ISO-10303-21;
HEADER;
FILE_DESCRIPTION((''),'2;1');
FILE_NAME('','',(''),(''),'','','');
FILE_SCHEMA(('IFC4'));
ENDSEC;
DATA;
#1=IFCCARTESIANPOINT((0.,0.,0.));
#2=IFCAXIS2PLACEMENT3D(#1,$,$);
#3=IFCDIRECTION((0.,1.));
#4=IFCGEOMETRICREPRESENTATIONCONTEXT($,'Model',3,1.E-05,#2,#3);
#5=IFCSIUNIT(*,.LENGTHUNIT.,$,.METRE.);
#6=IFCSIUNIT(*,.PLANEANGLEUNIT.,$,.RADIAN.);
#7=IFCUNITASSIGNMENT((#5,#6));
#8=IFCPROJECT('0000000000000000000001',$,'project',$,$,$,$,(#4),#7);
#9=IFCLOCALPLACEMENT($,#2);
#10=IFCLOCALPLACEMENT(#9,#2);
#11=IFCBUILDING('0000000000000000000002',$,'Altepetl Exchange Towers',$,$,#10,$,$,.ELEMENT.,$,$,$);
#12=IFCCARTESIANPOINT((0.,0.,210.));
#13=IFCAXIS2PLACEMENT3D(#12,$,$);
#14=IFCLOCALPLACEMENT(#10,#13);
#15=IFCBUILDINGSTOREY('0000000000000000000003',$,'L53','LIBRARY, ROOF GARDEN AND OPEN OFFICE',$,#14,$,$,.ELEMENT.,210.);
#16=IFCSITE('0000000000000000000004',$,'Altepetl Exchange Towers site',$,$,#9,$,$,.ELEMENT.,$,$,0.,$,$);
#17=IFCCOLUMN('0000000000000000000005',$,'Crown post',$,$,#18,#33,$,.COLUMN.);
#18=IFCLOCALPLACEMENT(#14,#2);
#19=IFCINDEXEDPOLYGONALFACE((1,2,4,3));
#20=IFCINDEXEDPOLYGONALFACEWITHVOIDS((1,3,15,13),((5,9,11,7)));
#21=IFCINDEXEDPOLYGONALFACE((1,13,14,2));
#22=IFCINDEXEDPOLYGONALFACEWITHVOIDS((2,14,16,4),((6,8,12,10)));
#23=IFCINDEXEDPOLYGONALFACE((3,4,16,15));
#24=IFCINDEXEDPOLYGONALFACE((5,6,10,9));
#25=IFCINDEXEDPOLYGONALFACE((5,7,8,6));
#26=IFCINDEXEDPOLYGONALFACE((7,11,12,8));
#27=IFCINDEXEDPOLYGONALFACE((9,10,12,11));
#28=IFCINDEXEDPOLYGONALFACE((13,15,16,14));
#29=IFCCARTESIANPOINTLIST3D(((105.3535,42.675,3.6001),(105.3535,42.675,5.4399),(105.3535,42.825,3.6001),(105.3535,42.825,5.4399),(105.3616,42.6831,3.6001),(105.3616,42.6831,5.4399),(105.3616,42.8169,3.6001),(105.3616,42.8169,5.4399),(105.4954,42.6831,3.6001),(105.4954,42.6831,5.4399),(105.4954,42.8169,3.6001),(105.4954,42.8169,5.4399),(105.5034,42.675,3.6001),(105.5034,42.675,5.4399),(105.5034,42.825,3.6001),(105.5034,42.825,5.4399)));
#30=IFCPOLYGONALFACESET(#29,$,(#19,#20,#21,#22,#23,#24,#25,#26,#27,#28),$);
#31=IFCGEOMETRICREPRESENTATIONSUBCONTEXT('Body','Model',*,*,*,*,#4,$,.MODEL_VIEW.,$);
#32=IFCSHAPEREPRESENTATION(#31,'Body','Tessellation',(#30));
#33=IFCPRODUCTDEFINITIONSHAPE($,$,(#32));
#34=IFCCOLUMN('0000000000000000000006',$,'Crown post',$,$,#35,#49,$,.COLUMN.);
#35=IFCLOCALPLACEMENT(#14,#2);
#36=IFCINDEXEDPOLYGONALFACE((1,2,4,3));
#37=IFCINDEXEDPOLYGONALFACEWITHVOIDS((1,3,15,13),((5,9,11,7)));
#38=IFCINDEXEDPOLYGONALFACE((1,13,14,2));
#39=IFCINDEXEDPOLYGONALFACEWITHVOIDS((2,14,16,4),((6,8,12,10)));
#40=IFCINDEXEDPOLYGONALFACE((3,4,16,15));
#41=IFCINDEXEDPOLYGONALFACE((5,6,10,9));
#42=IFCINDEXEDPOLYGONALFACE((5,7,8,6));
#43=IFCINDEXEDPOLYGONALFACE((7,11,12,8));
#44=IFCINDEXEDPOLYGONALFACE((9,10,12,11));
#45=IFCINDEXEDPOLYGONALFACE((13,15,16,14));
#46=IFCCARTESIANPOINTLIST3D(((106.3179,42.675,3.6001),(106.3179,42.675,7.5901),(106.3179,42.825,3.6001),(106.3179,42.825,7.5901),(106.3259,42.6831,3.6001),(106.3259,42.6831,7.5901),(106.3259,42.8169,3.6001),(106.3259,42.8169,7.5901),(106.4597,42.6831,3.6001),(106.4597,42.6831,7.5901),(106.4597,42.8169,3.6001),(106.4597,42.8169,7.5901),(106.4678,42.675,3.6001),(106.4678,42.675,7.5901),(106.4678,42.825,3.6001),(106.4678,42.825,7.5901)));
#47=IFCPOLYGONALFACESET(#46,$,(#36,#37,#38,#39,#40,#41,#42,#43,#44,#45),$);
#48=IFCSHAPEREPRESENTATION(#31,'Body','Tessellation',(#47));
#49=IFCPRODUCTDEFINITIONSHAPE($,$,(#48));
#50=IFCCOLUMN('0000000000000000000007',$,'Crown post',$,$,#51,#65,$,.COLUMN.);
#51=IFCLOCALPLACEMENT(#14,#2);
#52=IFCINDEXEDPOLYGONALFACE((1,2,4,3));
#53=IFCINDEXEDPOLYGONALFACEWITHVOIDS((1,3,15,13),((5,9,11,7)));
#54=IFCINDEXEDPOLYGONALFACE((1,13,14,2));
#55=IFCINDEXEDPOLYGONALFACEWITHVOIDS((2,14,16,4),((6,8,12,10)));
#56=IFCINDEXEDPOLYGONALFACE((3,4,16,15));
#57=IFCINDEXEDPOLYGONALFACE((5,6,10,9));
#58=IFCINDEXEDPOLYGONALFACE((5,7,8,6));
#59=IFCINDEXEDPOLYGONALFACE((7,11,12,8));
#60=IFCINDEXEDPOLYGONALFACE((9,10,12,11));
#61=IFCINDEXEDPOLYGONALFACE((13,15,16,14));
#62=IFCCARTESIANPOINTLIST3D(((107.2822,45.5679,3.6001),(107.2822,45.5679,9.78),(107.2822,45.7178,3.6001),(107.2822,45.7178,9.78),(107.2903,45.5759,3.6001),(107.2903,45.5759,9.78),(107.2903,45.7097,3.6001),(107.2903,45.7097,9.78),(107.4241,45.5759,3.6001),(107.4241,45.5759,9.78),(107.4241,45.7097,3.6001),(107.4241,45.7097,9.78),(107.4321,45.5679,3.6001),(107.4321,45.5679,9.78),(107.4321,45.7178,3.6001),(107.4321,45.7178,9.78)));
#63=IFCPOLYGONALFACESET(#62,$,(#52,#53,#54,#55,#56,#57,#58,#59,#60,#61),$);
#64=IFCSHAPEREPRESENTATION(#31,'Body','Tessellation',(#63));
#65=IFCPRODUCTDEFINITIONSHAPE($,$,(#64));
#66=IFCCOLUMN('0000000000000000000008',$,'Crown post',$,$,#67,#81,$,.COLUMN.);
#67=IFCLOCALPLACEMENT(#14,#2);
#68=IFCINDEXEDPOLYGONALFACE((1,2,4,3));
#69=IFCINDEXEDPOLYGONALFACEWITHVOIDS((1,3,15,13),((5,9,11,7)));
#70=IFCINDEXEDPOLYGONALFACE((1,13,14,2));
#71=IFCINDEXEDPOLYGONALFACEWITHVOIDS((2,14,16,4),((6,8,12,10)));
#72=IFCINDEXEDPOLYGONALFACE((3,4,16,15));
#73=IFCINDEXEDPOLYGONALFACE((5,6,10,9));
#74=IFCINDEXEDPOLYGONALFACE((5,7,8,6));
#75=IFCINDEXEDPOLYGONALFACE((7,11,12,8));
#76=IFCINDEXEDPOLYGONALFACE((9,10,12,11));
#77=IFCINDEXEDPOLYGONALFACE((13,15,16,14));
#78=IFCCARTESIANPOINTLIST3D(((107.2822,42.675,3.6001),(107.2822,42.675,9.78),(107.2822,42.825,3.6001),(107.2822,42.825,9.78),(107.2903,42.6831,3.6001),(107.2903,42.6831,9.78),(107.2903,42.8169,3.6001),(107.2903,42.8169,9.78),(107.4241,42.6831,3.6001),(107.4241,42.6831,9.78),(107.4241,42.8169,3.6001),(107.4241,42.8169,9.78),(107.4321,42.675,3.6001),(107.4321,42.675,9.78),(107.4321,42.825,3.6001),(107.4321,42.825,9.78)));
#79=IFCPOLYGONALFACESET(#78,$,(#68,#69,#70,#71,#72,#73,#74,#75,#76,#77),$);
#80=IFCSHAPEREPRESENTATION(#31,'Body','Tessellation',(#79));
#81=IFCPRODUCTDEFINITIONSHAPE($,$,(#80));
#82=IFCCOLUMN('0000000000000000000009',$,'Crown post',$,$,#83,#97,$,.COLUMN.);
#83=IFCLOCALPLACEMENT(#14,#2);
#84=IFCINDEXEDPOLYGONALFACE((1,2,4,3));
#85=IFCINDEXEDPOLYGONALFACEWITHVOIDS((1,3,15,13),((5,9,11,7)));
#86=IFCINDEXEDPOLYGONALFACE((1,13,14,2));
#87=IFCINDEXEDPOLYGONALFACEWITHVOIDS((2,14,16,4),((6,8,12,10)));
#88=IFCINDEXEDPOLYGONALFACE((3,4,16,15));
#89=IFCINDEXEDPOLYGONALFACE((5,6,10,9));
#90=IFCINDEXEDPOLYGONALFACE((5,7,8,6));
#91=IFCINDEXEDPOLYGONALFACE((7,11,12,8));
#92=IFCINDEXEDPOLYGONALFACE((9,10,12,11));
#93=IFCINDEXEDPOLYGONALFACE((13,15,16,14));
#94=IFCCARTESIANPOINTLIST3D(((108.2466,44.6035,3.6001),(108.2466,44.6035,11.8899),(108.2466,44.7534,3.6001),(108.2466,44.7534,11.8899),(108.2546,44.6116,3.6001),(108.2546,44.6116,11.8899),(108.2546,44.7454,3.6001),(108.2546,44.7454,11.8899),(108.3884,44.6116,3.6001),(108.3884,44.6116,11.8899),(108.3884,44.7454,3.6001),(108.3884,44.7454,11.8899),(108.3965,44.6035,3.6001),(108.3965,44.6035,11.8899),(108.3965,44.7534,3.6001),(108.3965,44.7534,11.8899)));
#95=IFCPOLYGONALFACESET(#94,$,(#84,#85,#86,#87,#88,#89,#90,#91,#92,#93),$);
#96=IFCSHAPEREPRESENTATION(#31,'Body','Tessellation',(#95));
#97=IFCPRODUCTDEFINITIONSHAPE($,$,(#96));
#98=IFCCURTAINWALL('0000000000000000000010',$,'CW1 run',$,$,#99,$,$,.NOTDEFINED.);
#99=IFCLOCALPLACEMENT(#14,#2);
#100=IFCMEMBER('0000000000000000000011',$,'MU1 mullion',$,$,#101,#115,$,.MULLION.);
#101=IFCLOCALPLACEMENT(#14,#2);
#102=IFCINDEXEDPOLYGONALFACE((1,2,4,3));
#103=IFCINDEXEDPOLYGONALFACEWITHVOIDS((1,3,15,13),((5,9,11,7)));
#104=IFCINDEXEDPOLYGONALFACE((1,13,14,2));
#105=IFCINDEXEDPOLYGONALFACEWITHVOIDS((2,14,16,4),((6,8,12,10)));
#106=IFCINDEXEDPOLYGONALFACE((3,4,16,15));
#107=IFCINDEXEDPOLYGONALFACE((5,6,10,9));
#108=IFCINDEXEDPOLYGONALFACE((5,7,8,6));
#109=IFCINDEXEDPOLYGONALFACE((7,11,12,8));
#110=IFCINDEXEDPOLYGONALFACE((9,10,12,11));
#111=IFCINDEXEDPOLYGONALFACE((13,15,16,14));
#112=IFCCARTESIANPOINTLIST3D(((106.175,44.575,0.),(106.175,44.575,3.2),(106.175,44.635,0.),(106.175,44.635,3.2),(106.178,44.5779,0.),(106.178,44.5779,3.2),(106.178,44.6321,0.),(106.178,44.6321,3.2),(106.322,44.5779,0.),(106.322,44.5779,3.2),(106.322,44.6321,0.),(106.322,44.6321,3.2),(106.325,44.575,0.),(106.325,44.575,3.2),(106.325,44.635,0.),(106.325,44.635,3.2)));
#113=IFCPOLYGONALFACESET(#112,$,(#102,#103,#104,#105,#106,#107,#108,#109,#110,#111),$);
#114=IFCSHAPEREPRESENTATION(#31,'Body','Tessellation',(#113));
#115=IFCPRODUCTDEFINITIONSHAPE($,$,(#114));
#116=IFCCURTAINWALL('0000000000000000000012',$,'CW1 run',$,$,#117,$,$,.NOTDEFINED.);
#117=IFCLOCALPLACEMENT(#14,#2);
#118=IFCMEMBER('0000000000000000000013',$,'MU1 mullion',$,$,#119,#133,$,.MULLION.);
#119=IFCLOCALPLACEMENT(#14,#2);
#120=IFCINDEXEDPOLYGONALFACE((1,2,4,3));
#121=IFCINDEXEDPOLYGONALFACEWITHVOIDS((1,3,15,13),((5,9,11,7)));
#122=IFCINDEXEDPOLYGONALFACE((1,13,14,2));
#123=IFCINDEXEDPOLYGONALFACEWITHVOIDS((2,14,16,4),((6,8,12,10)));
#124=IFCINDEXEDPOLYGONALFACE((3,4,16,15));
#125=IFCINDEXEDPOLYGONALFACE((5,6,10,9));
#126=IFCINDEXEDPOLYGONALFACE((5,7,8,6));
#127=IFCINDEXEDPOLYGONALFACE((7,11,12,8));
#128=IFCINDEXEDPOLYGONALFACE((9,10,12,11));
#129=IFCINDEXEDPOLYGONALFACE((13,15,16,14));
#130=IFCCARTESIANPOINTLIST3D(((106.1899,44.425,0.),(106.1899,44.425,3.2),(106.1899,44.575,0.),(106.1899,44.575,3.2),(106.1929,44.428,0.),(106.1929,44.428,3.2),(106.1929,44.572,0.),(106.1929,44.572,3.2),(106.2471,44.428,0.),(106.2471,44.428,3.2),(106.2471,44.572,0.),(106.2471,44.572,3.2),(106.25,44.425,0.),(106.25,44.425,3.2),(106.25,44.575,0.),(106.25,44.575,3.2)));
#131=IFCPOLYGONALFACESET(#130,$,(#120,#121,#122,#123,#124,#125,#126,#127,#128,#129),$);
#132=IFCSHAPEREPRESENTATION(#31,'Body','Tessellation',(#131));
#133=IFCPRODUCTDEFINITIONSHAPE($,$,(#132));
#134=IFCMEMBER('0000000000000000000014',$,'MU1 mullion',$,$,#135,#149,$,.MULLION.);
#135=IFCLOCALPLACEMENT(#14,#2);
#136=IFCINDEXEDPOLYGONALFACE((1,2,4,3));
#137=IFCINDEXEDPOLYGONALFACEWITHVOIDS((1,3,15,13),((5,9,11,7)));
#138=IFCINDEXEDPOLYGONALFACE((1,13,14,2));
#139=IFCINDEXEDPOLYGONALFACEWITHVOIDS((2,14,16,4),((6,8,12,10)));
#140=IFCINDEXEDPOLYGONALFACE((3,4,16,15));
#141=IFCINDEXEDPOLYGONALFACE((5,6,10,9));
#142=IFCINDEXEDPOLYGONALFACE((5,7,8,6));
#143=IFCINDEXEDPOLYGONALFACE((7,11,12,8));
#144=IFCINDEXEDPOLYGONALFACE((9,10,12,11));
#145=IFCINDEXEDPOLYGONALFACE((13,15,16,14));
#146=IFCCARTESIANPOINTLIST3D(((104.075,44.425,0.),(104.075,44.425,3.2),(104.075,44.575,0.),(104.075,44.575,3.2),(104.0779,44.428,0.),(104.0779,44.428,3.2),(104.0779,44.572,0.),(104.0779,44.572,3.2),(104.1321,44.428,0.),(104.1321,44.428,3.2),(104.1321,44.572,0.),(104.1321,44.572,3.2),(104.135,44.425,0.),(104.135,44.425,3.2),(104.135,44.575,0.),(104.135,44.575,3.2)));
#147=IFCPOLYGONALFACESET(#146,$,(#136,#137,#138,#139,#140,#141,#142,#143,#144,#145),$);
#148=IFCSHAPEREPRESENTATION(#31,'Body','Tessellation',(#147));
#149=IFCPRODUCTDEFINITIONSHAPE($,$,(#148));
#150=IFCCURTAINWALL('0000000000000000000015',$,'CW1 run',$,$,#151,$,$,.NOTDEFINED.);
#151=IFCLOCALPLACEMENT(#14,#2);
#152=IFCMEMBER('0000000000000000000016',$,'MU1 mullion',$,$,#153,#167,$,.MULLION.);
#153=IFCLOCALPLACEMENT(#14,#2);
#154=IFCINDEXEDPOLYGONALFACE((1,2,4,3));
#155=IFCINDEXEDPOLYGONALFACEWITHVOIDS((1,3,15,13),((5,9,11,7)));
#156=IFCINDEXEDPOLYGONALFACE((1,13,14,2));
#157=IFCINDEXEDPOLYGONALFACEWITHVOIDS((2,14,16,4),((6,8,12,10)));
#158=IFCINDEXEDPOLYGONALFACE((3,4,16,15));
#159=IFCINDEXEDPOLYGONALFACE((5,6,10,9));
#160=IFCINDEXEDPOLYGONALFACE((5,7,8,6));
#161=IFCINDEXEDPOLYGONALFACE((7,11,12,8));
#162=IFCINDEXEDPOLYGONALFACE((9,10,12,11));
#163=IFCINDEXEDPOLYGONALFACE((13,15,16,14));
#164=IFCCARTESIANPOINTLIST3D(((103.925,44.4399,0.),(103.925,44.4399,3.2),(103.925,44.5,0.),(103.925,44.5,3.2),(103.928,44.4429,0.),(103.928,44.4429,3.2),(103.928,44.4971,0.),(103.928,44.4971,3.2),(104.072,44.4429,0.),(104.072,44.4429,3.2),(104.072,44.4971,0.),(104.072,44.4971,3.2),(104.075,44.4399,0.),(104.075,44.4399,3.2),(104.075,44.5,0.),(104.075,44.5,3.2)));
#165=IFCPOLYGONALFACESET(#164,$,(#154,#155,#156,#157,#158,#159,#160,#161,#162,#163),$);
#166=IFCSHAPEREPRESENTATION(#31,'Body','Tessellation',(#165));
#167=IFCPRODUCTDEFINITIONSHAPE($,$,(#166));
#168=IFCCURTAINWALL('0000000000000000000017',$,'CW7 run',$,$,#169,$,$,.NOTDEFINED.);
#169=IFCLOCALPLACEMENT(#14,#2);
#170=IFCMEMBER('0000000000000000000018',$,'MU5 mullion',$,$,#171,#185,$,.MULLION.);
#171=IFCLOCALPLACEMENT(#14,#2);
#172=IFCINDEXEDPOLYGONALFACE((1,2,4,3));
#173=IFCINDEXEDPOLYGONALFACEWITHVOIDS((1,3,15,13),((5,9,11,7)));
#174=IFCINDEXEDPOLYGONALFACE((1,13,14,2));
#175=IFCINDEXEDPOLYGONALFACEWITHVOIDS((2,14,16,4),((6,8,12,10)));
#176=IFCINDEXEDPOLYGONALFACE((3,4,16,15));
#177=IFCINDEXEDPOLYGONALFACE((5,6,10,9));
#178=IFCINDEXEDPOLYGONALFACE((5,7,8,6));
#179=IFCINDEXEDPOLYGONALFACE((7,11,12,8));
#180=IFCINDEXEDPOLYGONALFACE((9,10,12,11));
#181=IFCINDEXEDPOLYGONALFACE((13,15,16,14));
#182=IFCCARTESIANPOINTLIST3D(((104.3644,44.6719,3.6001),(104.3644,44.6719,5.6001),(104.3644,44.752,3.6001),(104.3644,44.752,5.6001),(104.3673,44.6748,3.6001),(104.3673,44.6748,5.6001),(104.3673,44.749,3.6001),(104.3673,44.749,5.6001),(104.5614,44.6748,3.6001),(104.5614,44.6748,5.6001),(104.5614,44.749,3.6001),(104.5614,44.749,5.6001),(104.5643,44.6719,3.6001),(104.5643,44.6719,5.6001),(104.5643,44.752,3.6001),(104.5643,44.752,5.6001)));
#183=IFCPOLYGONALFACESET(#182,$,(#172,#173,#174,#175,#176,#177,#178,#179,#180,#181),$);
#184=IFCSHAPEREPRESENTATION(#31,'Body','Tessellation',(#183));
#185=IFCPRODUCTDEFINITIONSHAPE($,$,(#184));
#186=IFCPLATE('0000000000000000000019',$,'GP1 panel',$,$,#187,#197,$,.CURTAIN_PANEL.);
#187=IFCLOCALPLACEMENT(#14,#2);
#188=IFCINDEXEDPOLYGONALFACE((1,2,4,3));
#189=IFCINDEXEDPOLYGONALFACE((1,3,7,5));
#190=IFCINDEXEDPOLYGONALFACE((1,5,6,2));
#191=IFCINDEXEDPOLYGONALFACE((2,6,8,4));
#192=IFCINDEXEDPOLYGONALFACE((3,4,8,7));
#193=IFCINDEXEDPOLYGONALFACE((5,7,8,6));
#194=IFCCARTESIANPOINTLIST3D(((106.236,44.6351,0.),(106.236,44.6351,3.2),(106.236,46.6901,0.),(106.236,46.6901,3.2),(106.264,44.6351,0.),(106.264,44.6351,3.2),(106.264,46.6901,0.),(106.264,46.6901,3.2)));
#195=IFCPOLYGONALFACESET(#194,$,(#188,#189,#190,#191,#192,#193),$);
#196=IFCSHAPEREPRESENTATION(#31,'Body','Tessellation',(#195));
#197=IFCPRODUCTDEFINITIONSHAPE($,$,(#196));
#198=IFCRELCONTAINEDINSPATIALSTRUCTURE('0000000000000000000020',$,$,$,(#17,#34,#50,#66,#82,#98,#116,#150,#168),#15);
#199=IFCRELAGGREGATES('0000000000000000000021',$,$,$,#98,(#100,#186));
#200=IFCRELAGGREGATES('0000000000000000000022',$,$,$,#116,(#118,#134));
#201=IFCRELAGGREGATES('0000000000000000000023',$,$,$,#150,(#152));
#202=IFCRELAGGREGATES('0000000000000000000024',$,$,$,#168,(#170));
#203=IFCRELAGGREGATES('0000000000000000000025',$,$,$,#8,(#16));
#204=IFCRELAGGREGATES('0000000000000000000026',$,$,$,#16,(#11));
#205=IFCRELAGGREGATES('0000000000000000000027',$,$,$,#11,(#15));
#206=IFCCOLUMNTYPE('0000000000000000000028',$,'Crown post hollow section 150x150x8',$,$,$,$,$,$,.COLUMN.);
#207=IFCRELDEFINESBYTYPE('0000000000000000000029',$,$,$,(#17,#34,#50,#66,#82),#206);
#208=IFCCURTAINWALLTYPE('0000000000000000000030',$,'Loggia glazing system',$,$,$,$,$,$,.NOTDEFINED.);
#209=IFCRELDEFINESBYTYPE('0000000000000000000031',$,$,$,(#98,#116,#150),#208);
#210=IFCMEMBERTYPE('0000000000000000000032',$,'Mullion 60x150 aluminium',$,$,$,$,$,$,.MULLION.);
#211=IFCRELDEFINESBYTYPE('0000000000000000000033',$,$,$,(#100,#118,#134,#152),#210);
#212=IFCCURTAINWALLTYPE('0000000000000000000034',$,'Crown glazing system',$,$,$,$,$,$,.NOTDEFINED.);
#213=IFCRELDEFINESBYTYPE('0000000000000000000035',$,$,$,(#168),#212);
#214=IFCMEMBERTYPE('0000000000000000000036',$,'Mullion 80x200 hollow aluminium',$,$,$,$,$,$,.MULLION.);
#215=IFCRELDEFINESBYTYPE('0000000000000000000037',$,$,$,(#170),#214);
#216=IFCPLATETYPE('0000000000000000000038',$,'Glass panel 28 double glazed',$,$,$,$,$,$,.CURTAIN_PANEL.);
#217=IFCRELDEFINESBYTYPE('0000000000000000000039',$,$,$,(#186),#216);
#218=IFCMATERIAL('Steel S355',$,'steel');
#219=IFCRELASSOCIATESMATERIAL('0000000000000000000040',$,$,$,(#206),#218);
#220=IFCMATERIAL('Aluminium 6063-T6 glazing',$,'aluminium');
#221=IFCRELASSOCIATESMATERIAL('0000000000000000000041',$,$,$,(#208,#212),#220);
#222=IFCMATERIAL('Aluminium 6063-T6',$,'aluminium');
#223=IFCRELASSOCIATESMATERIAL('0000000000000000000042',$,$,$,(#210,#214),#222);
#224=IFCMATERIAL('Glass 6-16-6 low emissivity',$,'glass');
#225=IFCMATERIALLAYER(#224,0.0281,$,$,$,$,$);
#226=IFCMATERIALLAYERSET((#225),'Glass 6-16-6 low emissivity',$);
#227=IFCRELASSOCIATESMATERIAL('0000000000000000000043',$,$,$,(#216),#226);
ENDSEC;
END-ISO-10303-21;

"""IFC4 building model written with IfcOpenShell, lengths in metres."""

from ifc_helpers import new_model, si_unit, direction, frame, origin, origin_2d, place, context, subcontext, project, spatial, rectangle, hollow_rectangle, extrude, material, layer, layer_set, material_profile, profile_set, type_object, element, aggregate, save


model = new_model("IFC4")

# Units and contexts
model_context = context("Model", 3, precision=1e-05, world=origin(), true_north=direction((0.0, 1.0)))
body_context = subcontext(model_context, "Body", "Model", "MODEL_VIEW")
ifc_project = project(units=[si_unit("LENGTHUNIT", "METRE"), si_unit("PLANEANGLEUNIT", "RADIAN")], contexts=[model_context])

# Site, building, storey
site_placement = place(None, origin())
site = spatial("IfcSite", under=ifc_project, at=site_placement, Name="Altepetl Exchange Towers site", CompositionType="ELEMENT", RefElevation=0.0)
building_placement = place(site_placement, origin())
building = spatial("IfcBuilding", under=site, at=building_placement, Name="Altepetl Exchange Towers", CompositionType="ELEMENT")
storey_placement = place(building_placement, frame((0.0, 0.0, 210.0)))
storey = spatial("IfcBuildingStorey", under=building, at=storey_placement, Name="L53", Description="LIBRARY, ROOF GARDEN AND OPEN OFFICE", CompositionType="ELEMENT", Elevation=210.0)

# Columns
ifc_material_1 = material(Name="Steel S355", Category="steel")
ifc_material_profile_1 = material_profile(ifc_material_1, hollow_rectangle(XDim=0.1499, YDim=0.1499, WallThickness=0.0081, at=origin_2d()), Name="RHS 150x150x8")
ifc_profile_set_1 = profile_set([ifc_material_profile_1], Name="Steel S355")
column_type = type_object("IfcColumnType", Name="Crown post hollow section 150x150x8", PredefinedType="COLUMN", material=ifc_profile_set_1)
column_1_placement = place(storey_placement, frame((105.4285, 42.75, 3.6001)))
element("IfcColumn", 1, at=column_1_placement, inside=storey, type_object=column_type, Name="Crown post", PredefinedType="COLUMN", context=body_context, shape_type="SweptSolid", body=[
    extrude(hollow_rectangle(XDim=0.1499, YDim=0.1499, WallThickness=0.0081, at=origin_2d()), origin(), (0.0, 0.0, 1.0), 1.8398),
])
column_2_placement = place(storey_placement, frame((106.3928, 42.75, 3.6001)))
element("IfcColumn", 2, at=column_2_placement, inside=storey, type_object=column_type, Name="Crown post", PredefinedType="COLUMN", context=body_context, shape_type="SweptSolid", body=[
    extrude(hollow_rectangle(XDim=0.1499, YDim=0.1499, WallThickness=0.0081, at=origin_2d()), origin(), (0.0, 0.0, 1.0), 3.99),
])
for number, where, name in (
    (3, (107.3572, 45.6428, 3.6001), "Crown post"),
    (4, (107.3572, 42.75, 3.6001), "Crown post"),
):
    element("IfcColumn", number, at=place(storey_placement, frame(where)), inside=storey, type_object=column_type, Name=name, PredefinedType="COLUMN", context=body_context, shape_type="SweptSolid", body=[
        extrude(hollow_rectangle(XDim=0.1499, YDim=0.1499, WallThickness=0.0081, at=origin_2d()), origin(), (0.0, 0.0, 1.0), 6.1799),
    ])
column_3_placement = place(storey_placement, frame((108.3215, 44.6785, 3.6001)))
element("IfcColumn", 5, at=column_3_placement, inside=storey, type_object=column_type, Name="Crown post", PredefinedType="COLUMN", context=body_context, shape_type="SweptSolid", body=[
    extrude(hollow_rectangle(XDim=0.1499, YDim=0.1499, WallThickness=0.0081, at=origin_2d()), origin(), (0.0, 0.0, 1.0), 8.2898),
])

# Curtain wall, member
ifc_material_2 = material(Name="Aluminium 6063-T6 glazing", Category="aluminium")
curtain_wall_type_1 = type_object("IfcCurtainWallType", Name="Loggia glazing system", PredefinedType="NOTDEFINED", material=ifc_material_2)
curtain_wall_1_placement = place(storey_placement, origin())
curtain_wall_1 = element("IfcCurtainWall", 6, at=curtain_wall_1_placement, inside=storey, type_object=curtain_wall_type_1, Name="CW1 run", PredefinedType="NOTDEFINED")
ifc_material_3 = material(Name="Aluminium 6063-T6", Category="aluminium")
ifc_material_profile_2 = material_profile(ifc_material_3, hollow_rectangle(XDim=0.0601, YDim=0.1499, WallThickness=0.0029, at=origin_2d()), Name="Mullion 60x150 aluminium")
ifc_profile_set_2 = profile_set([ifc_material_profile_2], Name="Aluminium 6063-T6")
member_type_1 = type_object("IfcMemberType", Name="Mullion 60x150 aluminium", PredefinedType="MULLION", material=ifc_profile_set_2)
member_1_placement = place(storey_placement, frame((106.25, 44.605, 0.0), z_axis=(0.0, 0.0, 1.0), x_axis=(0.0, -1.0, 0.0)))
member_1 = element("IfcMember", 7, at=member_1_placement, type_object=member_type_1, Name="MU1 mullion", PredefinedType="MULLION", context=body_context, shape_type="SweptSolid", body=[
    extrude(hollow_rectangle(XDim=0.0601, YDim=0.1499, WallThickness=0.0029, at=origin_2d()), origin(), (0.0, 0.0, 1.0), 3.2),
])

# Curtain wall, members
curtain_wall_2_placement = place(storey_placement, origin())
curtain_wall_2 = element("IfcCurtainWall", 8, at=curtain_wall_2_placement, inside=storey, type_object=curtain_wall_type_1, Name="CW1 run", PredefinedType="NOTDEFINED")
member_2_placement = place(storey_placement, frame((106.22, 44.5, 0.0), z_axis=(0.0, 0.0, 1.0), x_axis=(-1.0, 0.0, 0.0)))
member_2 = element("IfcMember", 9, at=member_2_placement, type_object=member_type_1, Name="MU1 mullion", PredefinedType="MULLION", context=body_context, shape_type="SweptSolid", body=[
    extrude(hollow_rectangle(XDim=0.0601, YDim=0.1499, WallThickness=0.0029, at=origin_2d()), origin(), (0.0, 0.0, 1.0), 3.2),
])
member_3_placement = place(storey_placement, frame((104.105, 44.5, 0.0), z_axis=(0.0, 0.0, 1.0), x_axis=(-1.0, 0.0, 0.0)))
member_3 = element("IfcMember", 10, at=member_3_placement, type_object=member_type_1, Name="MU1 mullion", PredefinedType="MULLION", context=body_context, shape_type="SweptSolid", body=[
    extrude(hollow_rectangle(XDim=0.0601, YDim=0.1499, WallThickness=0.0029, at=origin_2d()), origin(), (0.0, 0.0, 1.0), 3.2),
])

# Curtain walls, members
curtain_wall_3_placement = place(storey_placement, origin())
curtain_wall_3 = element("IfcCurtainWall", 11, at=curtain_wall_3_placement, inside=storey, type_object=curtain_wall_type_1, Name="CW1 run", PredefinedType="NOTDEFINED")
member_4_placement = place(storey_placement, frame((104.0, 44.47, 0.0), z_axis=(0.0, 0.0, 1.0), x_axis=(0.0, -1.0, 0.0)))
member_4 = element("IfcMember", 12, at=member_4_placement, type_object=member_type_1, Name="MU1 mullion", PredefinedType="MULLION", context=body_context, shape_type="SweptSolid", body=[
    extrude(hollow_rectangle(XDim=0.0601, YDim=0.1499, WallThickness=0.0029, at=origin_2d()), origin(), (0.0, 0.0, 1.0), 3.2),
])
curtain_wall_type_2 = type_object("IfcCurtainWallType", Name="Crown glazing system", PredefinedType="NOTDEFINED", material=ifc_material_2)
curtain_wall_4_placement = place(storey_placement, origin())
curtain_wall_4 = element("IfcCurtainWall", 13, at=curtain_wall_4_placement, inside=storey, type_object=curtain_wall_type_2, Name="CW7 run", PredefinedType="NOTDEFINED")
ifc_material_profile_3 = material_profile(ifc_material_3, hollow_rectangle(XDim=0.0801, YDim=0.2, WallThickness=0.0029, at=origin_2d()), Name="Mullion 80x200 hollow aluminium")
ifc_profile_set_3 = profile_set([ifc_material_profile_3], Name="Aluminium 6063-T6")
member_type_2 = type_object("IfcMemberType", Name="Mullion 80x200 hollow aluminium", PredefinedType="MULLION", material=ifc_profile_set_3)
member_5_placement = place(storey_placement, frame((104.4644, 44.7119, 3.6001), z_axis=(0.0, 0.0, 1.0), x_axis=(0.0, -1.0, 0.0)))
member_5 = element("IfcMember", 14, at=member_5_placement, type_object=member_type_2, Name="MU5 mullion", PredefinedType="MULLION", context=body_context, shape_type="SweptSolid", body=[
    extrude(hollow_rectangle(XDim=0.0801, YDim=0.2, WallThickness=0.0029, at=origin_2d()), origin(), (0.0, 0.0, 1.0), 2.0),
])

# Plate
ifc_material_4 = material(Name="Glass 6-16-6 low emissivity", Category="glass")
ifc_layer_1 = layer(ifc_material_4, 0.0281)
ifc_layer_set_1 = layer_set([ifc_layer_1], Name="Glass 6-16-6 low emissivity")
plate_type_1 = type_object("IfcPlateType", Name="Glass panel 28 double glazed", PredefinedType="CURTAIN_PANEL", material=ifc_layer_set_1)
plate_1_placement = place(storey_placement, frame((106.25, 45.6626, 0.0), z_axis=(0.0, 0.0, 1.0), x_axis=(0.0, -1.0, 0.0)))
plate_1 = element("IfcPlate", 15, at=plate_1_placement, type_object=plate_type_1, Name="GP1 panel", PredefinedType="CURTAIN_PANEL", context=body_context, shape_type="SweptSolid", body=[
    extrude(rectangle(XDim=2.0549, YDim=0.0281, at=origin_2d()), origin(), (0.0, 0.0, 1.0), 3.2),
])
aggregate(curtain_wall_1, [member_1, plate_1])
aggregate(curtain_wall_2, [member_2, member_3])
aggregate(curtain_wall_3, [member_4])
aggregate(curtain_wall_4, [member_5])

save(model, "model.ifc")
